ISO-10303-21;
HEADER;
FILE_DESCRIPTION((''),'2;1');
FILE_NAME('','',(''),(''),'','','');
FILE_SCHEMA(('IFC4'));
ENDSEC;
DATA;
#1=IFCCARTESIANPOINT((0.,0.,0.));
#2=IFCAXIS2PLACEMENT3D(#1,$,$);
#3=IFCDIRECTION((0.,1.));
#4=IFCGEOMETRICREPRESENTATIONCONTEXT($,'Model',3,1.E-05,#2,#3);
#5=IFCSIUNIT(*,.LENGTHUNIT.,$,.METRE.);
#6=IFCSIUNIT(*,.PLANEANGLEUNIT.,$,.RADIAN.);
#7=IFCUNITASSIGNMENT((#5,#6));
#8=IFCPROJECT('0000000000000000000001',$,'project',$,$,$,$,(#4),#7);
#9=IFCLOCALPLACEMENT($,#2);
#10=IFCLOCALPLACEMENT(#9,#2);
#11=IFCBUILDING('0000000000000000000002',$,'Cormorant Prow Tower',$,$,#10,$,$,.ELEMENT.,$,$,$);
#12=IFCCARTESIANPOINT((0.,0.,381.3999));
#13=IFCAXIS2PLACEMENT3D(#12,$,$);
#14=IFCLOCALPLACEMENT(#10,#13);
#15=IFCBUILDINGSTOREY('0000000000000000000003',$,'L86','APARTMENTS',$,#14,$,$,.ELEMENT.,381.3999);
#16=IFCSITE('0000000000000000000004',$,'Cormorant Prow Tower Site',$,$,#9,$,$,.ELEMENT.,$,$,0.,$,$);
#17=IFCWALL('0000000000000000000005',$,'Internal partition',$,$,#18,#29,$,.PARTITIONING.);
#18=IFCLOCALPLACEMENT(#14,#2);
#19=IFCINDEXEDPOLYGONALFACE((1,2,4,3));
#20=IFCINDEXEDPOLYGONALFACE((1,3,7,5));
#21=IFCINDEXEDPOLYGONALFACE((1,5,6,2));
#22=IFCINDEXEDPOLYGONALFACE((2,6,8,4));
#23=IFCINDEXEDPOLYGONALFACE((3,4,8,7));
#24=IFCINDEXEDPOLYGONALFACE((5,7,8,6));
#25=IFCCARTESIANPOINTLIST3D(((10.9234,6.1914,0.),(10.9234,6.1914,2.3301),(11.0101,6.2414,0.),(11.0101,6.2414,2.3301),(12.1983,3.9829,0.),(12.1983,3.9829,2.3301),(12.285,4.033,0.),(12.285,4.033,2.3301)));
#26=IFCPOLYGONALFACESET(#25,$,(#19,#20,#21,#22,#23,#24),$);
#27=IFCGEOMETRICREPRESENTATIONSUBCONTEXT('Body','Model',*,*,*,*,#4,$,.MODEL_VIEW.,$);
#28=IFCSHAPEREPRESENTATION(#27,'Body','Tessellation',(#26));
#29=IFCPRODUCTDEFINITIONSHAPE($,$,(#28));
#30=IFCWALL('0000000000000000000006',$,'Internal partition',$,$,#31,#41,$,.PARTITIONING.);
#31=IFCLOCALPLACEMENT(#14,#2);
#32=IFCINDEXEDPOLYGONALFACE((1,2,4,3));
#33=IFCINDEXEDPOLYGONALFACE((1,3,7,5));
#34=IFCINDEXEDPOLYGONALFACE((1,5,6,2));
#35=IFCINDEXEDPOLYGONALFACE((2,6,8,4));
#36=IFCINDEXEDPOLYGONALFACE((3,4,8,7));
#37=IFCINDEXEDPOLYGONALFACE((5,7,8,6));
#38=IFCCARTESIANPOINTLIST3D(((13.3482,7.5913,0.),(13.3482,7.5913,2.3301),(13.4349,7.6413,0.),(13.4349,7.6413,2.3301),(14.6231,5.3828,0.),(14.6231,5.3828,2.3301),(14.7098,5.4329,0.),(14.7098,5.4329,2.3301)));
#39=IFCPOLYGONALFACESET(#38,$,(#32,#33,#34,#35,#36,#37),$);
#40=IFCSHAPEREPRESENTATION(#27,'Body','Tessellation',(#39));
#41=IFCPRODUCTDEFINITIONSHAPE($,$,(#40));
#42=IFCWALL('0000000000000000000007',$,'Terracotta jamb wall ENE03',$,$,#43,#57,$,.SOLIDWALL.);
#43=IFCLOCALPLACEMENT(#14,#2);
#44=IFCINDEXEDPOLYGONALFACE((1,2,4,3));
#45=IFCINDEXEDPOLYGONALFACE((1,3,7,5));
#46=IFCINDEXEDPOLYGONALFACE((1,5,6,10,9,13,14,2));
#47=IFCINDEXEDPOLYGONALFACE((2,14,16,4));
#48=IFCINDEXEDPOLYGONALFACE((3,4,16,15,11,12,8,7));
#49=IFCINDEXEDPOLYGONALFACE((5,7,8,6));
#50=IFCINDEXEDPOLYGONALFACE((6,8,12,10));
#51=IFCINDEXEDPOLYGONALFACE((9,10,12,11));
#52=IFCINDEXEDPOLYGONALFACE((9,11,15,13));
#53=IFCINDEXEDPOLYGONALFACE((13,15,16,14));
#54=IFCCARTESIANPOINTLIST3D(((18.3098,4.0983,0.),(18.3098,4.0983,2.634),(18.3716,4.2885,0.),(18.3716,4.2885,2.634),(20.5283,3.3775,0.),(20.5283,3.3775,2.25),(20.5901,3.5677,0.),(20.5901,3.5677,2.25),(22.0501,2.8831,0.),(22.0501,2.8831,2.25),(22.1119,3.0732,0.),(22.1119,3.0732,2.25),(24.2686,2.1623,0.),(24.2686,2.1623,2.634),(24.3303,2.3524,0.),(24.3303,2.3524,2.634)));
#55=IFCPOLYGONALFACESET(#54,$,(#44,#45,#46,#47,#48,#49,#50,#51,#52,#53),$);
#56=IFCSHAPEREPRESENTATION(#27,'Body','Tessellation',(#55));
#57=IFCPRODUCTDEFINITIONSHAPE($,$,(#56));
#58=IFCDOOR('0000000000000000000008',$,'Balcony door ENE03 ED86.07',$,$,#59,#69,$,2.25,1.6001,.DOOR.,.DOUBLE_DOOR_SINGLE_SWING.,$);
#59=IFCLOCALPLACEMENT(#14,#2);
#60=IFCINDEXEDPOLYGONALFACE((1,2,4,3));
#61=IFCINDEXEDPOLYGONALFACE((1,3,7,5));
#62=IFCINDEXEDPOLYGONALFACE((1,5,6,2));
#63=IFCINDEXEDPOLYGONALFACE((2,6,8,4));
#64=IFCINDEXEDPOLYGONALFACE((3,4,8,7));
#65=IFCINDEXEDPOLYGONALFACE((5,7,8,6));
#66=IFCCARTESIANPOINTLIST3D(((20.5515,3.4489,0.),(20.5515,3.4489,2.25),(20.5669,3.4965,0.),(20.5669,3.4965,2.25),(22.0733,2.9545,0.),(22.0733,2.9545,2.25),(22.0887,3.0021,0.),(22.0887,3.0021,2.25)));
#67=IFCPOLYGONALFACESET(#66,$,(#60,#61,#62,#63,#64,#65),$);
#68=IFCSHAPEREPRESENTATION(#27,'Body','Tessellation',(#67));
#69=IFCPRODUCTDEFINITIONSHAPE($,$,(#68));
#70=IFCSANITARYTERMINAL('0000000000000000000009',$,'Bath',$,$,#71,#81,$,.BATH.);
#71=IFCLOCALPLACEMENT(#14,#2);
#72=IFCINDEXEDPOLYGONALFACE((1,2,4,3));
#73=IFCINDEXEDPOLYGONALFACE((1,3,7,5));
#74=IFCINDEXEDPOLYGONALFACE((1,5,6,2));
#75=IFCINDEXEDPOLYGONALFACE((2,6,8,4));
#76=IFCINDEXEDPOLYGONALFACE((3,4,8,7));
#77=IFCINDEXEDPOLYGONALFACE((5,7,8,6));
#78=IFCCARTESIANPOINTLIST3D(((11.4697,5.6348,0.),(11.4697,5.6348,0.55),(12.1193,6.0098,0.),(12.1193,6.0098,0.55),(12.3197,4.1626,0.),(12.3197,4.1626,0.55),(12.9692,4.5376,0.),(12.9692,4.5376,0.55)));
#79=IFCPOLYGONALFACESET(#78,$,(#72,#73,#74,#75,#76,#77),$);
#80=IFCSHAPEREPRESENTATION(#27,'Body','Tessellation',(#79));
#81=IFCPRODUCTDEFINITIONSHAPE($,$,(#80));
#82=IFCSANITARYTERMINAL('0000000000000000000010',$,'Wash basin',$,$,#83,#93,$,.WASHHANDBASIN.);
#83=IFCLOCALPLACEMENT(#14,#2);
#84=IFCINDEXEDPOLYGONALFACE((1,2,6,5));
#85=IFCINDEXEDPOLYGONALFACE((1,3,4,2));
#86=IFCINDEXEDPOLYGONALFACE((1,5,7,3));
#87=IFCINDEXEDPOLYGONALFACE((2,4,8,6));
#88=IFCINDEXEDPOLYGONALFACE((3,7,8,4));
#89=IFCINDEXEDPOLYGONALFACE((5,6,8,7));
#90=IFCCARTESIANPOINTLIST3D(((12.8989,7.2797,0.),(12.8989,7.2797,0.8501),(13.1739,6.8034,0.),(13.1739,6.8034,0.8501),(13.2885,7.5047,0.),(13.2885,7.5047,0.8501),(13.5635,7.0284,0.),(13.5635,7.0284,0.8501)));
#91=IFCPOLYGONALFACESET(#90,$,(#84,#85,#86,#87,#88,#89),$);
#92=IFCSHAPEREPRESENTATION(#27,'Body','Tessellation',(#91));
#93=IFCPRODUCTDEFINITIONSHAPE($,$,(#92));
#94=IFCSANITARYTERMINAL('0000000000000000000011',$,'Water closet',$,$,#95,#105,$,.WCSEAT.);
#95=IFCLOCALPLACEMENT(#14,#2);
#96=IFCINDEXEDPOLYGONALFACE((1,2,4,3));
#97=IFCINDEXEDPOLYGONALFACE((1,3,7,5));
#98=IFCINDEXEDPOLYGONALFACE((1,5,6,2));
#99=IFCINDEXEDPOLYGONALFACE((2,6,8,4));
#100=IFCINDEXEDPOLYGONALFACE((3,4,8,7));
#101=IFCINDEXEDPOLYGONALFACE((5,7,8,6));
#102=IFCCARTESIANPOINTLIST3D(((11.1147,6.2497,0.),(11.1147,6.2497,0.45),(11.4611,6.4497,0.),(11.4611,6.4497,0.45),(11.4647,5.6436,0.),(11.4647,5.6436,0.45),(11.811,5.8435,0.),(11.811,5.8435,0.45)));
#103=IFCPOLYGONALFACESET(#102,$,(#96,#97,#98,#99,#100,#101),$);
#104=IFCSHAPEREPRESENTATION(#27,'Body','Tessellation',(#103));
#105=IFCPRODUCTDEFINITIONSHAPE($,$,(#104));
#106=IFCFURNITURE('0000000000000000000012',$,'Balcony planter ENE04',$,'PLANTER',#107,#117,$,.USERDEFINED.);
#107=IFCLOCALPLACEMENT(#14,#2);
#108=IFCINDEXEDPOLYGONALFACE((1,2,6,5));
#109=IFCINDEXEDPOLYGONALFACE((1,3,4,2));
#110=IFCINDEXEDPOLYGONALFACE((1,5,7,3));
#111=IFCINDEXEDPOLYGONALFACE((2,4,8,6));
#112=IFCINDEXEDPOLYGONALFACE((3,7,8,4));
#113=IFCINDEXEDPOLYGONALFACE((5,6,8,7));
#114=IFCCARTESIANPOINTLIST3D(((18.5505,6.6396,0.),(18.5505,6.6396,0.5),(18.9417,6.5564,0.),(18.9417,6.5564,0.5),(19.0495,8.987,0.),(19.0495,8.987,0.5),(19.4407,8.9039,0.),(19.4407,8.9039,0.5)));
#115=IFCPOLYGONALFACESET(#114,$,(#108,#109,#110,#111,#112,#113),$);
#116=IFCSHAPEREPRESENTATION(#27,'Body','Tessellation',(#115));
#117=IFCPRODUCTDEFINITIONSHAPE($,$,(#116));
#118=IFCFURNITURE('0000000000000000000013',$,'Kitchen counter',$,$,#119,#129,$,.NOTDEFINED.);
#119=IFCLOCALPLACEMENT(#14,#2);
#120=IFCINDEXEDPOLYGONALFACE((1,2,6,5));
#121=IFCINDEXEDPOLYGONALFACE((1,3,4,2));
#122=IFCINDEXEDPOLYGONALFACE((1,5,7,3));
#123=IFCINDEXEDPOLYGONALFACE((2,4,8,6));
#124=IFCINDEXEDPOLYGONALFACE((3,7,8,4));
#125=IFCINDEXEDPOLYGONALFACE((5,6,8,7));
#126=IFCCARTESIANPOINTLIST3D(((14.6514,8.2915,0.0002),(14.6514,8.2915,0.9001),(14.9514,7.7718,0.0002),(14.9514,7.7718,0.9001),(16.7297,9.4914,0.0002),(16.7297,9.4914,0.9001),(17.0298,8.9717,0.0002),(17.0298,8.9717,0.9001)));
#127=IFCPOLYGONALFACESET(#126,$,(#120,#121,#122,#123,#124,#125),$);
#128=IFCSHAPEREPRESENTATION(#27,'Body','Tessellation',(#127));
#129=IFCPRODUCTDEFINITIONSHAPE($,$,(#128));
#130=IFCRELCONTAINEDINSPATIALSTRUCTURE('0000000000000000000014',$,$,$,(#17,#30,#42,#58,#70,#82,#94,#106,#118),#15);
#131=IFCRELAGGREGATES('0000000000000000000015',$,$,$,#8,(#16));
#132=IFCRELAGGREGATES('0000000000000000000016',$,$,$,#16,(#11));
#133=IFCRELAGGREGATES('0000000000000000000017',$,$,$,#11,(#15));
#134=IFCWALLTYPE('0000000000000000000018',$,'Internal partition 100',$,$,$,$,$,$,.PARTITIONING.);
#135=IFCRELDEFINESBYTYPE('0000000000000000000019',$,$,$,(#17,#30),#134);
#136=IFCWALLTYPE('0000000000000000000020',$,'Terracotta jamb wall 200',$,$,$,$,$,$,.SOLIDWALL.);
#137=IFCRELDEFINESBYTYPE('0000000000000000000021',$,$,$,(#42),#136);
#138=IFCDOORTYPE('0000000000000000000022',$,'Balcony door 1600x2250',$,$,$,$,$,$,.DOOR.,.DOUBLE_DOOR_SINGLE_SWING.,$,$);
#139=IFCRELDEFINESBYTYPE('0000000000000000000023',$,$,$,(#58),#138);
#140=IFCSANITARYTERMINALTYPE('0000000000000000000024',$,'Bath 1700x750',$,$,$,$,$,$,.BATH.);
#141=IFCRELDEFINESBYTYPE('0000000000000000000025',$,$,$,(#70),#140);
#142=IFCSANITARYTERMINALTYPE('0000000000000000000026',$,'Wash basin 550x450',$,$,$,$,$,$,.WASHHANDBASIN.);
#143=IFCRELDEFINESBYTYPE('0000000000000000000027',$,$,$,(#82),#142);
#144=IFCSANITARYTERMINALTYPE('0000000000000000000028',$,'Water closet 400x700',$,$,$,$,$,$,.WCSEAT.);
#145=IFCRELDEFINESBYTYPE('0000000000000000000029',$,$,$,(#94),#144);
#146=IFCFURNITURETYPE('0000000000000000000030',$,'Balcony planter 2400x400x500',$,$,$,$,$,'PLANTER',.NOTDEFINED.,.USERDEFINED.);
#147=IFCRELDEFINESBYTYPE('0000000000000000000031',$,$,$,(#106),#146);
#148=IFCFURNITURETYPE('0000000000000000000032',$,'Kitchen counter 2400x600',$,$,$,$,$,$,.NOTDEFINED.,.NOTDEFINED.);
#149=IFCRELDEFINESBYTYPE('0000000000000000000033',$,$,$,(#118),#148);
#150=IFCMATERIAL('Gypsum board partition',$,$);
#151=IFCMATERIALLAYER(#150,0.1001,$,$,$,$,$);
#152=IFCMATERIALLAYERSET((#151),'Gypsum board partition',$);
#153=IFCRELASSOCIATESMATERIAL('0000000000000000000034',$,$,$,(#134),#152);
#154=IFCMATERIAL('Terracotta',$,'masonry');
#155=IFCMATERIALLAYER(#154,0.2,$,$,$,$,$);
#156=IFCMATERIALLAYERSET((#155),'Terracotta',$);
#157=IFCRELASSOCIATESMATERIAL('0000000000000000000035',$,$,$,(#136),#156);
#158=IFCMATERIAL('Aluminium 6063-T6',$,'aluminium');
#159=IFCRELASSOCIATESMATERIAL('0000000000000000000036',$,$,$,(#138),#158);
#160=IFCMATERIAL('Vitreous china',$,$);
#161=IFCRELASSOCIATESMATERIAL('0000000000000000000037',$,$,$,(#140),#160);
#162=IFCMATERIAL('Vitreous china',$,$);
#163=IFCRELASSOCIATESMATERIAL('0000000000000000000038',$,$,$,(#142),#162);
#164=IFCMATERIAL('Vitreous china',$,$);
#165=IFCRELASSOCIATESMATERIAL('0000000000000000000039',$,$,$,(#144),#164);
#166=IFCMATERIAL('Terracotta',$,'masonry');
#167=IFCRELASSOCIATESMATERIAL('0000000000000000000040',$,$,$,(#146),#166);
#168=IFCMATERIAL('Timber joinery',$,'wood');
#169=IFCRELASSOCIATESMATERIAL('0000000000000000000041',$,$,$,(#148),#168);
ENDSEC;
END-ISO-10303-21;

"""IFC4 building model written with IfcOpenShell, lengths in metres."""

from ifc_helpers import new_model, si_unit, direction, frame, frame_2d, origin, origin_2d, place, context, subcontext, project, spatial, rectangle, extrude, material, layer, layer_set, type_object, element, fill, save


model = new_model("IFC4")

# Units and contexts
model_context = context("Model", 3, precision=1e-05, world=origin(), true_north=direction((0.0, 1.0)))
body_context = subcontext(model_context, "Body", "Model", "MODEL_VIEW")
ifc_project = project(units=[si_unit("LENGTHUNIT", "METRE"), si_unit("PLANEANGLEUNIT", "RADIAN")], contexts=[model_context])

# Site, building, storey
site_placement = place(None, origin())
site = spatial("IfcSite", under=ifc_project, at=site_placement, Name="Cormorant Prow Tower Site", CompositionType="ELEMENT", RefElevation=0.0)
building_placement = place(site_placement, origin())
building = spatial("IfcBuilding", under=site, at=building_placement, Name="Cormorant Prow Tower", CompositionType="ELEMENT")
storey_placement = place(building_placement, frame((0.0, 0.0, 381.3999)))
storey = spatial("IfcBuildingStorey", under=building, at=storey_placement, Name="L86", Description="APARTMENTS", CompositionType="ELEMENT", Elevation=381.3999)

# Shared definitions
ifc_material_1 = material(Name="Gypsum board partition")
ifc_layer_1 = layer(ifc_material_1, 0.1001)
ifc_layer_set_1 = layer_set([ifc_layer_1], Name="Gypsum board partition")
wall_type_1 = type_object("IfcWallType", Name="Internal partition 100", PredefinedType="PARTITIONING", material=ifc_layer_set_1)

# Walls
for number, where, z_axis, x_axis, name in (
    (1, (10.9668, 6.2163, 0.0), (0.0, 0.0, 1.0), (0.499949, -0.866055, 0.0), "Internal partition"),
    (2, (13.3916, 7.6162, 0.0), (0.0, 0.0, 1.0), (0.499949, -0.866055, 0.0), "Internal partition"),
):
    element("IfcWall", number, at=place(storey_placement, frame(where, z_axis=z_axis, x_axis=x_axis)), inside=storey, type_object=wall_type_1, Name=name, PredefinedType="PARTITIONING", context=body_context, shape_type="SweptSolid", body=[
        extrude(rectangle(XDim=2.55, YDim=0.1001, at=frame_2d((1.2749, 0.0))), origin(), (0.0, 0.0, 1.0), 2.3301),
    ])

# Wall, opening, door
ifc_material_2 = material(Name="Terracotta", Category="masonry")
ifc_layer_2 = layer(ifc_material_2, 0.2)
ifc_layer_set_2 = layer_set([ifc_layer_2], Name="Terracotta")
wall_type_2 = type_object("IfcWallType", Name="Terracotta jamb wall 200", PredefinedType="SOLIDWALL", material=ifc_layer_set_2)
wall_1_placement = place(storey_placement, frame((24.2996, 2.2573, 0.0), z_axis=(0.0, 0.0, 1.0), x_axis=(-0.95106, 0.309006, 0.0)))
wall_1 = element("IfcWall", 3, at=wall_1_placement, inside=storey, type_object=wall_type_2, Name="Terracotta jamb wall ENE03", PredefinedType="SOLIDWALL", context=body_context, shape_type="SweptSolid", body=[
    extrude(rectangle(XDim=6.2654, YDim=0.2, at=frame_2d((3.1328, 0.0))), origin(), (0.0, 0.0, 1.0), 2.634),
])
opening_1_placement = place(wall_1_placement, frame((2.3328, 0.0, 0.0)))
opening_1 = element("IfcOpeningElement", 4, at=opening_1_placement, cuts=wall_1, PredefinedType="OPENING", context=body_context, shape_type="SweptSolid", body=[
    extrude(rectangle(XDim=1.6001, YDim=2.25, at=frame_2d((0.8, 1.125))), frame((0.0, 0.1099, 0.0), z_axis=(0.0, -1.0, 0.0), x_axis=(1.0, 0.0, 0.0)), (0.0, 0.0, 1.0), 0.22),
])
ifc_material_3 = material(Name="Aluminium 6063-T6", Category="aluminium")
door_type_1 = type_object("IfcDoorType", Name="Balcony door 1600x2250", OperationType="DOUBLE_DOOR_SINGLE_SWING", PredefinedType="DOOR", material=ifc_material_3)
door_1_placement = place(opening_1_placement, origin())
door_1 = element("IfcDoor", 5, at=door_1_placement, inside=storey, type_object=door_type_1, Name="Balcony door ENE03 ED86.07", OperationType="DOUBLE_DOOR_SINGLE_SWING", OverallHeight=2.25, OverallWidth=1.6001, PredefinedType="DOOR", context=body_context, shape_type="SweptSolid", body=[
    extrude(rectangle(XDim=1.6001, YDim=2.25, at=frame_2d((0.8, 1.125))), frame((0.0, 0.0249, 0.0), z_axis=(0.0, -1.0, 0.0), x_axis=(1.0, 0.0, 0.0)), (0.0, 0.0, 1.0), 0.05),
])
fill(opening_1, door_1)

# Sanitary terminals
ifc_material_4 = material(Name="Vitreous china")
sanitary_terminal_type_1 = type_object("IfcSanitaryTerminalType", Name="Bath 1700x750", PredefinedType="BATH", material=ifc_material_4)
sanitary_terminal_1_placement = place(storey_placement, frame((12.2195, 5.0862, 0.0), z_axis=(0.0, 0.0, 1.0), x_axis=(-0.5, 0.866025, 0.0)))
element("IfcSanitaryTerminal", 6, at=sanitary_terminal_1_placement, inside=storey, type_object=sanitary_terminal_type_1, Name="Bath", PredefinedType="BATH", context=body_context, shape_type="SweptSolid", body=[
    extrude(rectangle(XDim=1.7, YDim=0.75, at=origin_2d()), origin(), (0.0, 0.0, 1.0), 0.55),
])
ifc_material_5 = material(Name="Vitreous china")
sanitary_terminal_type_2 = type_object("IfcSanitaryTerminalType", Name="Wash basin 550x450", PredefinedType="WASHHANDBASIN", material=ifc_material_5)
sanitary_terminal_2_placement = place(storey_placement, frame((13.2312, 7.1541, 0.0), z_axis=(0.0, 0.0, 1.0), x_axis=(0.5, -0.866025, 0.0)))
element("IfcSanitaryTerminal", 7, at=sanitary_terminal_2_placement, inside=storey, type_object=sanitary_terminal_type_2, Name="Wash basin", PredefinedType="WASHHANDBASIN", context=body_context, shape_type="SweptSolid", body=[
    extrude(rectangle(XDim=0.55, YDim=0.45, at=origin_2d()), origin(), (0.0, 0.0, 1.0), 0.8501),
])
ifc_material_6 = material(Name="Vitreous china")
sanitary_terminal_type_3 = type_object("IfcSanitaryTerminalType", Name="Water closet 400x700", PredefinedType="WCSEAT", material=ifc_material_6)
sanitary_terminal_3_placement = place(storey_placement, frame((11.4629, 6.0466, 0.0), z_axis=(0.0, 0.0, 1.0), x_axis=(0.866025, 0.5, 0.0)))
element("IfcSanitaryTerminal", 8, at=sanitary_terminal_3_placement, inside=storey, type_object=sanitary_terminal_type_3, Name="Water closet", PredefinedType="WCSEAT", context=body_context, shape_type="SweptSolid", body=[
    extrude(rectangle(XDim=0.3999, YDim=0.7, at=origin_2d()), origin(), (0.0, 0.0, 1.0), 0.45),
])

# Furniture
ifc_material_7 = material(Name="Terracotta", Category="masonry")
furniture_type_1 = type_object("IfcFurnitureType", Name="Balcony planter 2400x400x500", ElementType="PLANTER", AssemblyPlace="NOTDEFINED", PredefinedType="USERDEFINED", material=ifc_material_7)
furniture_1_placement = place(storey_placement, frame((18.9956, 7.7717, 0.0), z_axis=(0.0, 0.0, 1.0), x_axis=(0.207912, 0.978148, 0.0)))
element("IfcFurniture", 9, at=furniture_1_placement, inside=storey, type_object=furniture_type_1, Name="Balcony planter ENE04", ObjectType="PLANTER", PredefinedType="USERDEFINED", context=body_context, shape_type="SweptSolid", body=[
    extrude(rectangle(XDim=2.3999, YDim=0.3999, at=origin_2d()), origin(), (0.0, 0.0, 1.0), 0.5),
])
ifc_material_8 = material(Name="Timber joinery", Category="wood")
furniture_type_2 = type_object("IfcFurnitureType", Name="Kitchen counter 2400x600", AssemblyPlace="NOTDEFINED", PredefinedType="NOTDEFINED", material=ifc_material_8)
furniture_2_placement = place(storey_placement, frame((15.8406, 8.6316, 0.0002), z_axis=(0.0, 0.0, 1.0), x_axis=(0.866025, 0.5, 0.0)))
element("IfcFurniture", 10, at=furniture_2_placement, inside=storey, type_object=furniture_type_2, Name="Kitchen counter", PredefinedType="NOTDEFINED", context=body_context, shape_type="SweptSolid", body=[
    extrude(rectangle(XDim=2.3999, YDim=0.6001, at=origin_2d()), origin(), (0.0, 0.0, 1.0), 0.8999),
])

save(model, "model.ifc")
